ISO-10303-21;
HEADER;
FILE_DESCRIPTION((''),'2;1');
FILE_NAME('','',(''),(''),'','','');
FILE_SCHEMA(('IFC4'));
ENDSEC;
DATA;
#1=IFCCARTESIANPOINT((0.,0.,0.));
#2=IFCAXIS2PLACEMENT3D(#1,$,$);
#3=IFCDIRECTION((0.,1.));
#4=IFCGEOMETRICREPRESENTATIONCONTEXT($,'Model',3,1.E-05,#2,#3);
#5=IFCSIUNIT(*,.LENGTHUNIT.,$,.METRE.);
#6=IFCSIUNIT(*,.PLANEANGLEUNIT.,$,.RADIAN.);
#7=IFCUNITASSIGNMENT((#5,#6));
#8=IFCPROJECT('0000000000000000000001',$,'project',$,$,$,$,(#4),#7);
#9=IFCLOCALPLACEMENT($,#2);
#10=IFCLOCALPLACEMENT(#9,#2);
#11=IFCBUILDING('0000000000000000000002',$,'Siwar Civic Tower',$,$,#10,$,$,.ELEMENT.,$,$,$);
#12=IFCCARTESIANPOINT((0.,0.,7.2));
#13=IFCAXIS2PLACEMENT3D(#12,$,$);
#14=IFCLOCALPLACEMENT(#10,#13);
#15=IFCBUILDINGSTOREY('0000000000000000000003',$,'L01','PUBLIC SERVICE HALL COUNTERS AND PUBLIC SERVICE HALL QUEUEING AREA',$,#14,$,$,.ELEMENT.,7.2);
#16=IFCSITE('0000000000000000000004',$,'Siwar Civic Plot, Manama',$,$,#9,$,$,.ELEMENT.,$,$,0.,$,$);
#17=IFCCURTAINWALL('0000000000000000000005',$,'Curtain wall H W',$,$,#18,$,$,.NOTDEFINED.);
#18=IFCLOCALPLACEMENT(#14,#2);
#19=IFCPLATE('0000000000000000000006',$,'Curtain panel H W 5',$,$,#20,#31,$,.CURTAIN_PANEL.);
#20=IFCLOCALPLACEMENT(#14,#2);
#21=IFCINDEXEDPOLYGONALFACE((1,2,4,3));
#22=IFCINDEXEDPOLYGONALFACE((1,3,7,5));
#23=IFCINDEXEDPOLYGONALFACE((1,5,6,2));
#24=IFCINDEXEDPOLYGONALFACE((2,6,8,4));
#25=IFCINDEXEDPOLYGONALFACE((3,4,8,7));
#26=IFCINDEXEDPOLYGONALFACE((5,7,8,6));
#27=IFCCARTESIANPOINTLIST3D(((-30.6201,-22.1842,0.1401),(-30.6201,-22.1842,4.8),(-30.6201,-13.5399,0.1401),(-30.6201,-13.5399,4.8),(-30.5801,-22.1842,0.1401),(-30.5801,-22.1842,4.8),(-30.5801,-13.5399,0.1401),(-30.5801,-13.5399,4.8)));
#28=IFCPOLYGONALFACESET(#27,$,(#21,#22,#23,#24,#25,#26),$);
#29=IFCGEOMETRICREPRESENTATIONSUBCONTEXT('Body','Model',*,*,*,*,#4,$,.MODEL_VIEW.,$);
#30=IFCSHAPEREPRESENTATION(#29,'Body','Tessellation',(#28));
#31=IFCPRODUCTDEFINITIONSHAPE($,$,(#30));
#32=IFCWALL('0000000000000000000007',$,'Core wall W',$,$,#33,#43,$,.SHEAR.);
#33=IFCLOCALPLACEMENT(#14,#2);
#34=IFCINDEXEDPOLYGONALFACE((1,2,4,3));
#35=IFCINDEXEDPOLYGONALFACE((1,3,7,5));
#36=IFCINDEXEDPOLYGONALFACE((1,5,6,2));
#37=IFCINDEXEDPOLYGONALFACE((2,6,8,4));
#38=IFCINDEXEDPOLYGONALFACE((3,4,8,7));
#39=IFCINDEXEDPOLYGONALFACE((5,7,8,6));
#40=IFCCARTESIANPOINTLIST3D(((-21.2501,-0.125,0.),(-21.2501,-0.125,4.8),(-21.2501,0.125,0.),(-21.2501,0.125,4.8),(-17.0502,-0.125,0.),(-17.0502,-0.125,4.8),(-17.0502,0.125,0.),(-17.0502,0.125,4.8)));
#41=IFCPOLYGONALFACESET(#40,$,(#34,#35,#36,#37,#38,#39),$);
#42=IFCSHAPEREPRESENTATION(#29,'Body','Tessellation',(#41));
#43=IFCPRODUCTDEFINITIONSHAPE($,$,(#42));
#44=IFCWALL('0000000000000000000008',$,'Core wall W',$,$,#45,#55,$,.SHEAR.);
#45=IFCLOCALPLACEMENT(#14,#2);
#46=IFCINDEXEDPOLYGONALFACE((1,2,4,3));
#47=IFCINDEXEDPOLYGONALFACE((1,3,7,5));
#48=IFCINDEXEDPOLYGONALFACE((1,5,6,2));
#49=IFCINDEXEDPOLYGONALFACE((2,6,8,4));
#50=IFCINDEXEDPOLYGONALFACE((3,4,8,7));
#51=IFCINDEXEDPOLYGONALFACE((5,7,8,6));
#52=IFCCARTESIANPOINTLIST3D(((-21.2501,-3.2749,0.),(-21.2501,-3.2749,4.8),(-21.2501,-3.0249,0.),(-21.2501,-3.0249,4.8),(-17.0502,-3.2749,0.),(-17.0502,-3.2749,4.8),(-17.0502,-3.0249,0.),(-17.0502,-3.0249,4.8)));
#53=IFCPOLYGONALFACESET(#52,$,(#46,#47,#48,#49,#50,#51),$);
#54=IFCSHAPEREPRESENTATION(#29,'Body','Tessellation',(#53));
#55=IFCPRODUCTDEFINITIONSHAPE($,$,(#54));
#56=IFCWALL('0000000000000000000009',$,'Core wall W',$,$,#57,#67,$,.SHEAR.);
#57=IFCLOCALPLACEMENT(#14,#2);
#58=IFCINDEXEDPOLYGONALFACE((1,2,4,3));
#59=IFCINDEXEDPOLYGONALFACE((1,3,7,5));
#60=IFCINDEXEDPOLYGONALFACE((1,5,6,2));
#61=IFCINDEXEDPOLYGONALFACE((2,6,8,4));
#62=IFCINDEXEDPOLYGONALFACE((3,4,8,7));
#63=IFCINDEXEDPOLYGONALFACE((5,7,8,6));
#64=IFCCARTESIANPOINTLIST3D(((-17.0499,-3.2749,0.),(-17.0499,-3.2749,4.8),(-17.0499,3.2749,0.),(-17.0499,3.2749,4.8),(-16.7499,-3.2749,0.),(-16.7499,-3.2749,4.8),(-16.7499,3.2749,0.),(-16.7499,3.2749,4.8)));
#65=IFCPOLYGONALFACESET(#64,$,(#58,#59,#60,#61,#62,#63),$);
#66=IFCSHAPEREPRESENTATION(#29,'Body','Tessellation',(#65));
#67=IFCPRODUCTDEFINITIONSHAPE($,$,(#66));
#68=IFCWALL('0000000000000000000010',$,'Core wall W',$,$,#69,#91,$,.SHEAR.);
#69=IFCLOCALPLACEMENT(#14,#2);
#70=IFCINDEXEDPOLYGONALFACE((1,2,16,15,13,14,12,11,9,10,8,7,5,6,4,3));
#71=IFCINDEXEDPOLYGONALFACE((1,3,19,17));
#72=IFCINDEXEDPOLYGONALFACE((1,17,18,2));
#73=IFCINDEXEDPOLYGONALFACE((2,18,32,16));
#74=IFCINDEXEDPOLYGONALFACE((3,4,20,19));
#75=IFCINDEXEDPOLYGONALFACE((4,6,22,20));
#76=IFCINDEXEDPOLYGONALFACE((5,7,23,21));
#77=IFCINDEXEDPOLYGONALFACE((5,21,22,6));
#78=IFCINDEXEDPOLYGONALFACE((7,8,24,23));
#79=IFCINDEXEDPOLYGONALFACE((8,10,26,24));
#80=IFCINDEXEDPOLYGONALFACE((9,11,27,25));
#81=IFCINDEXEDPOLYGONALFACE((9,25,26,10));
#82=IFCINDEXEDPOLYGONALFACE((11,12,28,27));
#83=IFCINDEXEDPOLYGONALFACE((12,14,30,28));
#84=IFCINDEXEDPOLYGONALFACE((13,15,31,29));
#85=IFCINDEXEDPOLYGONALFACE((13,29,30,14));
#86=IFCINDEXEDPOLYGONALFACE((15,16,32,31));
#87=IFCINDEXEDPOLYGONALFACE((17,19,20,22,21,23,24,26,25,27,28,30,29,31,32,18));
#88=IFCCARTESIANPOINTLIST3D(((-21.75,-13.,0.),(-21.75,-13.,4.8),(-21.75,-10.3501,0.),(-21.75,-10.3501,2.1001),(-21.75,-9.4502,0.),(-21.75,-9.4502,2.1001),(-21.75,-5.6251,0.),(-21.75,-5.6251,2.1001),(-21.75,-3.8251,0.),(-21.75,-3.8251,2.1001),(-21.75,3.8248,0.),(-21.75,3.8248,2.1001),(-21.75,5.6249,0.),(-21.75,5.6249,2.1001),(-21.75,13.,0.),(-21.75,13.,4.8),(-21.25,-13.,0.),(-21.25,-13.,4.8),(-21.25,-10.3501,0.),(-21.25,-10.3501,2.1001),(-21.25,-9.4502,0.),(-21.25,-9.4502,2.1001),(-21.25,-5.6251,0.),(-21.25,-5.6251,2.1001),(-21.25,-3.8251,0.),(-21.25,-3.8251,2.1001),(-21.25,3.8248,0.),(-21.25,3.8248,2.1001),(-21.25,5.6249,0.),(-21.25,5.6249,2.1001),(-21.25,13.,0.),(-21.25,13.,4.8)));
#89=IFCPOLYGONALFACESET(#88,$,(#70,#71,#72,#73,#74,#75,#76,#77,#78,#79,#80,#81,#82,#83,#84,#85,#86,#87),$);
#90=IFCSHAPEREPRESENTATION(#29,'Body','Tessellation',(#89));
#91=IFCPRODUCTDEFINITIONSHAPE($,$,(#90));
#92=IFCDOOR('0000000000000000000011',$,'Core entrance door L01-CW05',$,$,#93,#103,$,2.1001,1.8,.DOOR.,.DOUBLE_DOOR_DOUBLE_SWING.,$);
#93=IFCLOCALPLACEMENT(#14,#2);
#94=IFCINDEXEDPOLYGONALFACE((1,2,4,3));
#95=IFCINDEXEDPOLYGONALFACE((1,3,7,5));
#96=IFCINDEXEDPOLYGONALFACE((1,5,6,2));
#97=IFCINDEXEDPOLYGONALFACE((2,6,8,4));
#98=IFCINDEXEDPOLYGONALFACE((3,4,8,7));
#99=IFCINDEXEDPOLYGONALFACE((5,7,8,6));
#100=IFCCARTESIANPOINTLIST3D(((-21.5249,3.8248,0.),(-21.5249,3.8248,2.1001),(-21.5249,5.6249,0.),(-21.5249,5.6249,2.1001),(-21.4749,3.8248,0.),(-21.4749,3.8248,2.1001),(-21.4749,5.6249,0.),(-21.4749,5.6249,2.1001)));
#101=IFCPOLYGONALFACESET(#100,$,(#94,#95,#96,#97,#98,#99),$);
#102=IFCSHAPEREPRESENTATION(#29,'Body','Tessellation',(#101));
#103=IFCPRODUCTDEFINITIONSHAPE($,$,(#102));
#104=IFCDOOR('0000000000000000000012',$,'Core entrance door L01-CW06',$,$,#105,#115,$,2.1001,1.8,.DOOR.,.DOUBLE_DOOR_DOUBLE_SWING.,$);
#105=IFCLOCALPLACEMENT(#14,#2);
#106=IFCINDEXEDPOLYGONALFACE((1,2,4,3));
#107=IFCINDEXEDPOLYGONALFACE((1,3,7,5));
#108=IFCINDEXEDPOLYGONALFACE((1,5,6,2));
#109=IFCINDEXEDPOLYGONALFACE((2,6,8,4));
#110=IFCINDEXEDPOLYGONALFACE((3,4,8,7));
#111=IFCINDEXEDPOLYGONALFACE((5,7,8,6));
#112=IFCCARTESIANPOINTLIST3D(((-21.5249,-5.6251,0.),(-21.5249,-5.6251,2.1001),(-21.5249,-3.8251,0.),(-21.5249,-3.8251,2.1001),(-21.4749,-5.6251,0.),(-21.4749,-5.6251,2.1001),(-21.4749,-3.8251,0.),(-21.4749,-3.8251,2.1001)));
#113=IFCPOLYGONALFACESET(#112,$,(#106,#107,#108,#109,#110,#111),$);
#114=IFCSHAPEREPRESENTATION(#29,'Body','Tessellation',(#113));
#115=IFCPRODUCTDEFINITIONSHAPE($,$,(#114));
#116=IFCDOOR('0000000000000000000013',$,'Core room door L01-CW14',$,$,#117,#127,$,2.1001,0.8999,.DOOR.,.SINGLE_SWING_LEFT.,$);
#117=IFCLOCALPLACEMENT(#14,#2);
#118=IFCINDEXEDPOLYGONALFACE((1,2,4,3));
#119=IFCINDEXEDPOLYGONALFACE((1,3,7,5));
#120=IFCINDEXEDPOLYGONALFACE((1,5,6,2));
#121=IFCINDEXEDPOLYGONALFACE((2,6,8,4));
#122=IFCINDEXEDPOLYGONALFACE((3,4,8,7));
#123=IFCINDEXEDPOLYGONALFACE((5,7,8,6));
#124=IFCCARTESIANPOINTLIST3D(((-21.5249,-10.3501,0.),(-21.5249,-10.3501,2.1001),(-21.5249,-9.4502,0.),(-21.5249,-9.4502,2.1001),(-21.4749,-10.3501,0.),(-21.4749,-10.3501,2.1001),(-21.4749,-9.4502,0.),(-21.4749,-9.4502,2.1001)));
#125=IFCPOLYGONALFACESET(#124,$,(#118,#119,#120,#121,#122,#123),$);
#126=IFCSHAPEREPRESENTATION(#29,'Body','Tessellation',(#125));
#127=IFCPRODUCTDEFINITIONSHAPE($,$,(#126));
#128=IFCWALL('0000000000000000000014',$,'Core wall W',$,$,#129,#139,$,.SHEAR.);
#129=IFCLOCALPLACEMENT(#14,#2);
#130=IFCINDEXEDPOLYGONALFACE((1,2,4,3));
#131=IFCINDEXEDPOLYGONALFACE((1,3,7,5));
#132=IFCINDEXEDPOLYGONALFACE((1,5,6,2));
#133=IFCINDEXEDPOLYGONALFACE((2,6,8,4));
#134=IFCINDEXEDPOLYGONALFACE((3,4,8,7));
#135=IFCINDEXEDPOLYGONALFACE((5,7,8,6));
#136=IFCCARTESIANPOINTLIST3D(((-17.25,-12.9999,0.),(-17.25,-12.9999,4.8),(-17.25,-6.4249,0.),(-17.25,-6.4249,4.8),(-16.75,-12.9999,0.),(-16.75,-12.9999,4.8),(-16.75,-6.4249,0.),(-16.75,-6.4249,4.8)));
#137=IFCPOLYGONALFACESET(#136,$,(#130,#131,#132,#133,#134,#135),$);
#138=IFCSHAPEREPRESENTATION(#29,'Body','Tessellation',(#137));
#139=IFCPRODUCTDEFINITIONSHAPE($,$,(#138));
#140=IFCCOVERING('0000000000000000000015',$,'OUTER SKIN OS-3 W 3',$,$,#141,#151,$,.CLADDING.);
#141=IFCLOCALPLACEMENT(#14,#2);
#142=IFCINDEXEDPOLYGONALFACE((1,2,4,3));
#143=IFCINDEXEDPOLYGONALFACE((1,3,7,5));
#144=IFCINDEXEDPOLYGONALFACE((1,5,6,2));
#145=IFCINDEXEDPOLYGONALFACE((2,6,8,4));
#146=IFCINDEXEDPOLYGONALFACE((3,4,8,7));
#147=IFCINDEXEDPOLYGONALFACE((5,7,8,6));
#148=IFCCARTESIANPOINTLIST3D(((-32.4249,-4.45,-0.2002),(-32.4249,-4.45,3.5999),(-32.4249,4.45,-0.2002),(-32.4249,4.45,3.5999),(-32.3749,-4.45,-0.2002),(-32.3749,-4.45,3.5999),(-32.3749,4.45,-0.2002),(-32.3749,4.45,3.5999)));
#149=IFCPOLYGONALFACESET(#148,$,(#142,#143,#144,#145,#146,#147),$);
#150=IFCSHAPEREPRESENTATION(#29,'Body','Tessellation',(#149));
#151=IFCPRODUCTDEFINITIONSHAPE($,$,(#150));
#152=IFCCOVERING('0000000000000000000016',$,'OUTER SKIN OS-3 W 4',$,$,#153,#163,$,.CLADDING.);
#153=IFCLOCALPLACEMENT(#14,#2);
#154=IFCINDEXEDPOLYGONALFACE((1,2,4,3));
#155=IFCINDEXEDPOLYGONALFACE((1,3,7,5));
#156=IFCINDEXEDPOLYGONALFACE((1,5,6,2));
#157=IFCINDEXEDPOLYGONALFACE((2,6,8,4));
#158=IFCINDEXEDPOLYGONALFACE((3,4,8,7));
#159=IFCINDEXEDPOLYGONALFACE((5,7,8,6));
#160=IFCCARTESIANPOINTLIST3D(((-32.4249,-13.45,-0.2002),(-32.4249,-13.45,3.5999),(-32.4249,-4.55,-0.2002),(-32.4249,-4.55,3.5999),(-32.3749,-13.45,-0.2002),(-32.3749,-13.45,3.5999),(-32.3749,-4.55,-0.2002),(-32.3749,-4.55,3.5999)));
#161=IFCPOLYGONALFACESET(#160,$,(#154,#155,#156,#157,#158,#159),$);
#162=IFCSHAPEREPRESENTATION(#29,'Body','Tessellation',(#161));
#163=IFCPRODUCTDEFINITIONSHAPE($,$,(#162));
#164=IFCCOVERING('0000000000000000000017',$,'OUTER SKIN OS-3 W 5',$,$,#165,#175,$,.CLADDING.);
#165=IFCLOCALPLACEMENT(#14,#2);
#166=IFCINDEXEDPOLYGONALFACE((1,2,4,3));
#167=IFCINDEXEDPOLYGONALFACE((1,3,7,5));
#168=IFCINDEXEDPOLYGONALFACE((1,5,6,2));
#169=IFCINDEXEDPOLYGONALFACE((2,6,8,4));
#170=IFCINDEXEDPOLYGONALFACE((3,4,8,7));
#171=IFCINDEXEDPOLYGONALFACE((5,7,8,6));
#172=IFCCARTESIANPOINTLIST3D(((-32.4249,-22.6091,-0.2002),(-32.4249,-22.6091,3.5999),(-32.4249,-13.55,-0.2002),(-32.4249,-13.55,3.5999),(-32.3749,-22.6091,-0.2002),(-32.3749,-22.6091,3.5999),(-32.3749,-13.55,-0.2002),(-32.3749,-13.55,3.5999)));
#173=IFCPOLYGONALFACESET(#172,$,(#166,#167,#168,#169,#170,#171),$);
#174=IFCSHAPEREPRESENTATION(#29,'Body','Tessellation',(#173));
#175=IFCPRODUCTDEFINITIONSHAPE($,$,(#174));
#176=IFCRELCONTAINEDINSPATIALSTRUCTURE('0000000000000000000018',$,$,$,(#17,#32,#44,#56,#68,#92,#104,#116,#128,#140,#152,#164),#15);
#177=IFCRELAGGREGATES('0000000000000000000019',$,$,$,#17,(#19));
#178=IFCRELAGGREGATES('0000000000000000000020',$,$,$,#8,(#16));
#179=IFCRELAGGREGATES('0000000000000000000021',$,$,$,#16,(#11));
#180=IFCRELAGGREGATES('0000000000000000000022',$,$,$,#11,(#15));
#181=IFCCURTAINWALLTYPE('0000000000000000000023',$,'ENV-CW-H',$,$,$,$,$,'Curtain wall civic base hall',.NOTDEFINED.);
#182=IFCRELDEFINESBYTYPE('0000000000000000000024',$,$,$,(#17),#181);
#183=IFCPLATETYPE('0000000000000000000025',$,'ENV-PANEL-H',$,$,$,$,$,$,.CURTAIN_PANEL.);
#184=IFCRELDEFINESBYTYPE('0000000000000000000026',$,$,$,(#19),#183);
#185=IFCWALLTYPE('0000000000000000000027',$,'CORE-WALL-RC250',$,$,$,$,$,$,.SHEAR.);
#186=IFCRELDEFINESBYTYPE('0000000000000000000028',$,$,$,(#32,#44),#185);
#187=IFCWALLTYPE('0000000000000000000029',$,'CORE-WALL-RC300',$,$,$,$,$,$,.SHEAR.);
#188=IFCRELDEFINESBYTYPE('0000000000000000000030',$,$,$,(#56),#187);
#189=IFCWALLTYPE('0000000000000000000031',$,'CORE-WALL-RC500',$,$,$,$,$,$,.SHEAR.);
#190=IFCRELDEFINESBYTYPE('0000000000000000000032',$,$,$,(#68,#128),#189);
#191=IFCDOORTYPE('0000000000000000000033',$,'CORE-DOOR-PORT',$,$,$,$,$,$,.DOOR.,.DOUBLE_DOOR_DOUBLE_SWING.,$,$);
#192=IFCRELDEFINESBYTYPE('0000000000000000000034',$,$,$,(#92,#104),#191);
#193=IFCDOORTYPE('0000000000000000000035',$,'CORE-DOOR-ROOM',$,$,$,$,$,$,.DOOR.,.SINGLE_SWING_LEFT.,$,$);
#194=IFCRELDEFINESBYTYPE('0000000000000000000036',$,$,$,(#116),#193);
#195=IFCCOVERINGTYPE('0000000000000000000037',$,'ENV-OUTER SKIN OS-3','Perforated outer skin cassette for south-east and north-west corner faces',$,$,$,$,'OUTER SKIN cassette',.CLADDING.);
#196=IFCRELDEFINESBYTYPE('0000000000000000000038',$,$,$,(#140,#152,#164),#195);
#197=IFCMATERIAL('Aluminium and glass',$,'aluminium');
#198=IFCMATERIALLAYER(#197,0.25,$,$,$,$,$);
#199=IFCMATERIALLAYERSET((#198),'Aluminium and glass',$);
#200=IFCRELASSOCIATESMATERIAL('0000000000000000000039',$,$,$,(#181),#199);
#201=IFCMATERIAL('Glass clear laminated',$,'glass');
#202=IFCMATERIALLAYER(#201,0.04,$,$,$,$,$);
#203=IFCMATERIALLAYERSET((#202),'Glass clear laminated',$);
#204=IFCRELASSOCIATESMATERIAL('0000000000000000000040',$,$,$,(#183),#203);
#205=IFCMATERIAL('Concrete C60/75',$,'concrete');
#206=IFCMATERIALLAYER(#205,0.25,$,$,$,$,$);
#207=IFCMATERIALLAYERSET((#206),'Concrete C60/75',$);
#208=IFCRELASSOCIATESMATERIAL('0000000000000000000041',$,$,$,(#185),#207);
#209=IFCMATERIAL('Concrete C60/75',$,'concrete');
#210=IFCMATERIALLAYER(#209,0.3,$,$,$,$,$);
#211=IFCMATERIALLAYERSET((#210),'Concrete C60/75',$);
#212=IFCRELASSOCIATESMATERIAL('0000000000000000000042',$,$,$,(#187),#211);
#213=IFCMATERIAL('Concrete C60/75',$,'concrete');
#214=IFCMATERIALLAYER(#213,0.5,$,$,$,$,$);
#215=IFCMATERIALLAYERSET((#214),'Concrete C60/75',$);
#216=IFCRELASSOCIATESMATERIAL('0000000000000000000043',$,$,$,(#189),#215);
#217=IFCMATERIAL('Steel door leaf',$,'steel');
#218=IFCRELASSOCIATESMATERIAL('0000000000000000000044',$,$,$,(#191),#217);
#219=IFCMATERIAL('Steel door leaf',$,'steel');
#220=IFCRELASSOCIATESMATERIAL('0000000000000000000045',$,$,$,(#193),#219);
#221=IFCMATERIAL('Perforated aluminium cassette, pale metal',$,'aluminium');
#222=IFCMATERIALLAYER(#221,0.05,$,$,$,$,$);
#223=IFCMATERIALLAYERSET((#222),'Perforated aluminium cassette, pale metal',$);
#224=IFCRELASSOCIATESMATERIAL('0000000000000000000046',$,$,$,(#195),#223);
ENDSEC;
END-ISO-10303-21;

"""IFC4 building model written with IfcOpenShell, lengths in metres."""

from ifc_helpers import new_model, si_unit, direction, frame, frame_2d, origin, origin_2d, place, context, subcontext, project, spatial, rectangle, extrude, material, layer, layer_set, type_object, element, fill, aggregate, save


model = new_model("IFC4")

# Units and contexts
model_context = context("Model", 3, precision=1e-05, world=origin(), true_north=direction((0.0, 1.0)))
body_context = subcontext(model_context, "Body", "Model", "MODEL_VIEW")
ifc_project = project(units=[si_unit("LENGTHUNIT", "METRE"), si_unit("PLANEANGLEUNIT", "RADIAN")], contexts=[model_context])

# Site, building, storey
site_placement = place(None, origin())
site = spatial("IfcSite", under=ifc_project, at=site_placement, Name="Siwar Civic Plot, Manama", CompositionType="ELEMENT", RefElevation=0.0)
building_placement = place(site_placement, origin())
building = spatial("IfcBuilding", under=site, at=building_placement, Name="Siwar Civic Tower", CompositionType="ELEMENT")
storey_placement = place(building_placement, frame((0.0, 0.0, 7.2)))
storey = spatial("IfcBuildingStorey", under=building, at=storey_placement, Name="L01", Description="PUBLIC SERVICE HALL COUNTERS AND PUBLIC SERVICE HALL QUEUEING AREA", CompositionType="ELEMENT", Elevation=7.2)

# Curtain wall
ifc_material_1 = material(Name="Aluminium and glass", Category="aluminium")
ifc_layer_1 = layer(ifc_material_1, 0.25)
ifc_layer_set_1 = layer_set([ifc_layer_1], Name="Aluminium and glass")
curtain_wall_type_1 = type_object("IfcCurtainWallType", Name="ENV-CW-H", ElementType="Curtain wall civic base hall", PredefinedType="NOTDEFINED", material=ifc_layer_set_1)
curtain_wall_1_placement = place(storey_placement, origin())
curtain_wall_1 = element("IfcCurtainWall", 1, at=curtain_wall_1_placement, inside=storey, type_object=curtain_wall_type_1, Name="Curtain wall H W", PredefinedType="NOTDEFINED")

# Plate
ifc_material_2 = material(Name="Glass clear laminated", Category="glass")
ifc_layer_2 = layer(ifc_material_2, 0.04)
ifc_layer_set_2 = layer_set([ifc_layer_2], Name="Glass clear laminated")
plate_type = type_object("IfcPlateType", Name="ENV-PANEL-H", PredefinedType="CURTAIN_PANEL", material=ifc_layer_set_2)
plate_1_placement = place(storey_placement, frame((-30.6001, -17.8621, 0.1401), z_axis=(0.0, 0.0, 1.0), x_axis=(0.0, -1.0, 0.0)))
plate_1 = element("IfcPlate", 2, at=plate_1_placement, type_object=plate_type, Name="Curtain panel H W 5", PredefinedType="CURTAIN_PANEL", context=body_context, shape_type="SweptSolid", body=[
    extrude(rectangle(XDim=8.6443, YDim=0.04, at=origin_2d()), origin(), (0.0, 0.0, 1.0), 4.6599),
])
aggregate(curtain_wall_1, [plate_1])

# Walls
ifc_material_3 = material(Name="Concrete C60/75", Category="concrete")
ifc_layer_3 = layer(ifc_material_3, 0.25)
ifc_layer_set_3 = layer_set([ifc_layer_3], Name="Concrete C60/75")
wall_type_1 = type_object("IfcWallType", Name="CORE-WALL-RC250", PredefinedType="SHEAR", material=ifc_layer_set_3)
for number, where, z_axis, x_axis, name in (
    (3, (-17.05, 0.0, 0.0), (0.0, 0.0, 1.0), (-1.0, 0.0, 0.0), "Core wall W"),
    (4, (-17.05, -3.1499, 0.0), (0.0, 0.0, 1.0), (-1.0, 0.0, 0.0), "Core wall W"),
):
    element("IfcWall", number, at=place(storey_placement, frame(where, z_axis=z_axis, x_axis=x_axis)), inside=storey, type_object=wall_type_1, Name=name, PredefinedType="SHEAR", context=body_context, shape_type="SweptSolid", body=[
        extrude(rectangle(XDim=4.2, YDim=0.25, at=frame_2d((2.1001, 0.0))), origin(), (0.0, 0.0, 1.0), 4.8),
    ])
ifc_material_4 = material(Name="Concrete C60/75", Category="concrete")
ifc_layer_4 = layer(ifc_material_4, 0.3)
ifc_layer_set_4 = layer_set([ifc_layer_4], Name="Concrete C60/75")
wall_type_2 = type_object("IfcWallType", Name="CORE-WALL-RC300", PredefinedType="SHEAR", material=ifc_layer_set_4)
wall_1_placement = place(storey_placement, frame((-16.8999, -3.2749, 0.0), z_axis=(0.0, 0.0, 1.0), x_axis=(0.0, 1.0, 0.0)))
element("IfcWall", 5, at=wall_1_placement, inside=storey, type_object=wall_type_2, Name="Core wall W", PredefinedType="SHEAR", context=body_context, shape_type="SweptSolid", body=[
    extrude(rectangle(XDim=6.5498, YDim=0.3, at=frame_2d((3.2749, 0.0))), origin(), (0.0, 0.0, 1.0), 4.8),
])

# Wall, openings, doors
ifc_material_5 = material(Name="Concrete C60/75", Category="concrete")
ifc_layer_5 = layer(ifc_material_5, 0.5)
ifc_layer_set_5 = layer_set([ifc_layer_5], Name="Concrete C60/75")
wall_type_3 = type_object("IfcWallType", Name="CORE-WALL-RC500", PredefinedType="SHEAR", material=ifc_layer_set_5)
wall_2_placement = place(storey_placement, frame((-21.5, -13.0, 0.0), z_axis=(0.0, 0.0, 1.0), x_axis=(0.0, 1.0, 0.0)))
wall_2 = element("IfcWall", 6, at=wall_2_placement, inside=storey, type_object=wall_type_3, Name="Core wall W", PredefinedType="SHEAR", context=body_context, shape_type="SweptSolid", body=[
    extrude(rectangle(XDim=26.0, YDim=0.5, at=frame_2d((13.0, 0.0))), origin(), (0.0, 0.0, 1.0), 4.8),
])
opening_1_placement = place(wall_2_placement, frame((16.825, 0.0, 0.0)))
opening_1 = element("IfcOpeningElement", 7, at=opening_1_placement, cuts=wall_2, PredefinedType="OPENING", context=body_context, shape_type="SweptSolid", body=[
    extrude(rectangle(XDim=1.8, YDim=2.1001, at=frame_2d((0.8999, 1.05))), frame((0.0, 0.26, 0.0), z_axis=(0.0, -1.0, 0.0), x_axis=(1.0, 0.0, 0.0)), (0.0, 0.0, 1.0), 0.52),
])
opening_2_placement = place(wall_2_placement, frame((7.375, 0.0, 0.0)))
opening_2 = element("IfcOpeningElement", 8, at=opening_2_placement, cuts=wall_2, PredefinedType="OPENING", context=body_context, shape_type="SweptSolid", body=[
    extrude(rectangle(XDim=1.8, YDim=2.1001, at=frame_2d((0.8999, 1.05))), frame((0.0, 0.26, 0.0), z_axis=(0.0, -1.0, 0.0), x_axis=(1.0, 0.0, 0.0)), (0.0, 0.0, 1.0), 0.52),
])
opening_3_placement = place(wall_2_placement, frame((2.6499, 0.0, 0.0)))
opening_3 = element("IfcOpeningElement", 9, at=opening_3_placement, cuts=wall_2, PredefinedType="OPENING", context=body_context, shape_type="SweptSolid", body=[
    extrude(rectangle(XDim=0.8999, YDim=2.1001, at=frame_2d((0.45, 1.05))), frame((0.0, 0.26, 0.0), z_axis=(0.0, -1.0, 0.0), x_axis=(1.0, 0.0, 0.0)), (0.0, 0.0, 1.0), 0.52),
])
ifc_material_6 = material(Name="Steel door leaf", Category="steel")
door_type_1 = type_object("IfcDoorType", Name="CORE-DOOR-PORT", OperationType="DOUBLE_DOOR_DOUBLE_SWING", PredefinedType="DOOR", material=ifc_material_6)
door_1_placement = place(opening_1_placement, origin())
door_1 = element("IfcDoor", 10, at=door_1_placement, inside=storey, type_object=door_type_1, Name="Core entrance door L01-CW05", OperationType="DOUBLE_DOOR_DOUBLE_SWING", OverallHeight=2.1001, OverallWidth=1.8, PredefinedType="DOOR", context=body_context, shape_type="SweptSolid", body=[
    extrude(rectangle(XDim=1.8, YDim=2.1001, at=frame_2d((0.8999, 1.05))), frame((0.0, 0.0249, 0.0), z_axis=(0.0, -1.0, 0.0), x_axis=(1.0, 0.0, 0.0)), (0.0, 0.0, 1.0), 0.05),
])
fill(opening_1, door_1)
door_2_placement = place(opening_2_placement, origin())
door_2 = element("IfcDoor", 11, at=door_2_placement, inside=storey, type_object=door_type_1, Name="Core entrance door L01-CW06", OperationType="DOUBLE_DOOR_DOUBLE_SWING", OverallHeight=2.1001, OverallWidth=1.8, PredefinedType="DOOR", context=body_context, shape_type="SweptSolid", body=[
    extrude(rectangle(XDim=1.8, YDim=2.1001, at=frame_2d((0.8999, 1.05))), frame((0.0, 0.0249, 0.0), z_axis=(0.0, -1.0, 0.0), x_axis=(1.0, 0.0, 0.0)), (0.0, 0.0, 1.0), 0.05),
])
fill(opening_2, door_2)
ifc_material_7 = material(Name="Steel door leaf", Category="steel")
door_type_2 = type_object("IfcDoorType", Name="CORE-DOOR-ROOM", OperationType="SINGLE_SWING_LEFT", PredefinedType="DOOR", material=ifc_material_7)
door_3_placement = place(opening_3_placement, origin())
door_3 = element("IfcDoor", 12, at=door_3_placement, inside=storey, type_object=door_type_2, Name="Core room door L01-CW14", OperationType="SINGLE_SWING_LEFT", OverallHeight=2.1001, OverallWidth=0.8999, PredefinedType="DOOR", context=body_context, shape_type="SweptSolid", body=[
    extrude(rectangle(XDim=0.8999, YDim=2.1001, at=frame_2d((0.45, 1.05))), frame((0.0, 0.0249, 0.0), z_axis=(0.0, -1.0, 0.0), x_axis=(1.0, 0.0, 0.0)), (0.0, 0.0, 1.0), 0.05),
])
fill(opening_3, door_3)

# Wall
wall_3_placement = place(storey_placement, frame((-17.0, -13.0, 0.0), z_axis=(0.0, 0.0, 1.0), x_axis=(0.0, 1.0, 0.0)))
element("IfcWall", 13, at=wall_3_placement, inside=storey, type_object=wall_type_3, Name="Core wall W", PredefinedType="SHEAR", context=body_context, shape_type="SweptSolid", body=[
    extrude(rectangle(XDim=6.575, YDim=0.5, at=frame_2d((3.2876, 0.0))), origin(), (0.0, 0.0, 1.0), 4.8),
])

# Coverings
ifc_material_8 = material(Name="Perforated aluminium cassette, pale metal", Category="aluminium")
ifc_layer_6 = layer(ifc_material_8, 0.05)
ifc_layer_set_6 = layer_set([ifc_layer_6], Name="Perforated aluminium cassette, pale metal")
covering_type = type_object("IfcCoveringType", Name="ENV-OUTER SKIN OS-3", Description="Perforated outer skin cassette for south-east and north-west corner faces", ElementType="OUTER SKIN cassette", PredefinedType="CLADDING", material=ifc_layer_set_6)
for number, where, z_axis, x_axis, name in (
    (14, (-32.3999, 0.0, -0.2002), (0.0, 0.0, 1.0), (0.0, -1.0, 0.0), "OUTER SKIN OS-3 W 3"),
    (15, (-32.3999, -9.0, -0.2002), (0.0, 0.0, 1.0), (0.0, -1.0, 0.0), "OUTER SKIN OS-3 W 4"),
):
    element("IfcCovering", number, at=place(storey_placement, frame(where, z_axis=z_axis, x_axis=x_axis)), inside=storey, type_object=covering_type, Name=name, PredefinedType="CLADDING", context=body_context, shape_type="SweptSolid", body=[
        extrude(rectangle(XDim=8.8999, YDim=0.05, at=origin_2d()), origin(), (0.0, 0.0, 1.0), 3.8),
    ])
covering_placement = place(storey_placement, frame((-32.3999, -18.0796, -0.2002), z_axis=(0.0, 0.0, 1.0), x_axis=(0.0, -1.0, 0.0)))
element("IfcCovering", 16, at=covering_placement, inside=storey, type_object=covering_type, Name="OUTER SKIN OS-3 W 5", PredefinedType="CLADDING", context=body_context, shape_type="SweptSolid", body=[
    extrude(rectangle(XDim=9.0591, YDim=0.05, at=origin_2d()), origin(), (0.0, 0.0, 1.0), 3.8),
])

save(model, "model.ifc")
